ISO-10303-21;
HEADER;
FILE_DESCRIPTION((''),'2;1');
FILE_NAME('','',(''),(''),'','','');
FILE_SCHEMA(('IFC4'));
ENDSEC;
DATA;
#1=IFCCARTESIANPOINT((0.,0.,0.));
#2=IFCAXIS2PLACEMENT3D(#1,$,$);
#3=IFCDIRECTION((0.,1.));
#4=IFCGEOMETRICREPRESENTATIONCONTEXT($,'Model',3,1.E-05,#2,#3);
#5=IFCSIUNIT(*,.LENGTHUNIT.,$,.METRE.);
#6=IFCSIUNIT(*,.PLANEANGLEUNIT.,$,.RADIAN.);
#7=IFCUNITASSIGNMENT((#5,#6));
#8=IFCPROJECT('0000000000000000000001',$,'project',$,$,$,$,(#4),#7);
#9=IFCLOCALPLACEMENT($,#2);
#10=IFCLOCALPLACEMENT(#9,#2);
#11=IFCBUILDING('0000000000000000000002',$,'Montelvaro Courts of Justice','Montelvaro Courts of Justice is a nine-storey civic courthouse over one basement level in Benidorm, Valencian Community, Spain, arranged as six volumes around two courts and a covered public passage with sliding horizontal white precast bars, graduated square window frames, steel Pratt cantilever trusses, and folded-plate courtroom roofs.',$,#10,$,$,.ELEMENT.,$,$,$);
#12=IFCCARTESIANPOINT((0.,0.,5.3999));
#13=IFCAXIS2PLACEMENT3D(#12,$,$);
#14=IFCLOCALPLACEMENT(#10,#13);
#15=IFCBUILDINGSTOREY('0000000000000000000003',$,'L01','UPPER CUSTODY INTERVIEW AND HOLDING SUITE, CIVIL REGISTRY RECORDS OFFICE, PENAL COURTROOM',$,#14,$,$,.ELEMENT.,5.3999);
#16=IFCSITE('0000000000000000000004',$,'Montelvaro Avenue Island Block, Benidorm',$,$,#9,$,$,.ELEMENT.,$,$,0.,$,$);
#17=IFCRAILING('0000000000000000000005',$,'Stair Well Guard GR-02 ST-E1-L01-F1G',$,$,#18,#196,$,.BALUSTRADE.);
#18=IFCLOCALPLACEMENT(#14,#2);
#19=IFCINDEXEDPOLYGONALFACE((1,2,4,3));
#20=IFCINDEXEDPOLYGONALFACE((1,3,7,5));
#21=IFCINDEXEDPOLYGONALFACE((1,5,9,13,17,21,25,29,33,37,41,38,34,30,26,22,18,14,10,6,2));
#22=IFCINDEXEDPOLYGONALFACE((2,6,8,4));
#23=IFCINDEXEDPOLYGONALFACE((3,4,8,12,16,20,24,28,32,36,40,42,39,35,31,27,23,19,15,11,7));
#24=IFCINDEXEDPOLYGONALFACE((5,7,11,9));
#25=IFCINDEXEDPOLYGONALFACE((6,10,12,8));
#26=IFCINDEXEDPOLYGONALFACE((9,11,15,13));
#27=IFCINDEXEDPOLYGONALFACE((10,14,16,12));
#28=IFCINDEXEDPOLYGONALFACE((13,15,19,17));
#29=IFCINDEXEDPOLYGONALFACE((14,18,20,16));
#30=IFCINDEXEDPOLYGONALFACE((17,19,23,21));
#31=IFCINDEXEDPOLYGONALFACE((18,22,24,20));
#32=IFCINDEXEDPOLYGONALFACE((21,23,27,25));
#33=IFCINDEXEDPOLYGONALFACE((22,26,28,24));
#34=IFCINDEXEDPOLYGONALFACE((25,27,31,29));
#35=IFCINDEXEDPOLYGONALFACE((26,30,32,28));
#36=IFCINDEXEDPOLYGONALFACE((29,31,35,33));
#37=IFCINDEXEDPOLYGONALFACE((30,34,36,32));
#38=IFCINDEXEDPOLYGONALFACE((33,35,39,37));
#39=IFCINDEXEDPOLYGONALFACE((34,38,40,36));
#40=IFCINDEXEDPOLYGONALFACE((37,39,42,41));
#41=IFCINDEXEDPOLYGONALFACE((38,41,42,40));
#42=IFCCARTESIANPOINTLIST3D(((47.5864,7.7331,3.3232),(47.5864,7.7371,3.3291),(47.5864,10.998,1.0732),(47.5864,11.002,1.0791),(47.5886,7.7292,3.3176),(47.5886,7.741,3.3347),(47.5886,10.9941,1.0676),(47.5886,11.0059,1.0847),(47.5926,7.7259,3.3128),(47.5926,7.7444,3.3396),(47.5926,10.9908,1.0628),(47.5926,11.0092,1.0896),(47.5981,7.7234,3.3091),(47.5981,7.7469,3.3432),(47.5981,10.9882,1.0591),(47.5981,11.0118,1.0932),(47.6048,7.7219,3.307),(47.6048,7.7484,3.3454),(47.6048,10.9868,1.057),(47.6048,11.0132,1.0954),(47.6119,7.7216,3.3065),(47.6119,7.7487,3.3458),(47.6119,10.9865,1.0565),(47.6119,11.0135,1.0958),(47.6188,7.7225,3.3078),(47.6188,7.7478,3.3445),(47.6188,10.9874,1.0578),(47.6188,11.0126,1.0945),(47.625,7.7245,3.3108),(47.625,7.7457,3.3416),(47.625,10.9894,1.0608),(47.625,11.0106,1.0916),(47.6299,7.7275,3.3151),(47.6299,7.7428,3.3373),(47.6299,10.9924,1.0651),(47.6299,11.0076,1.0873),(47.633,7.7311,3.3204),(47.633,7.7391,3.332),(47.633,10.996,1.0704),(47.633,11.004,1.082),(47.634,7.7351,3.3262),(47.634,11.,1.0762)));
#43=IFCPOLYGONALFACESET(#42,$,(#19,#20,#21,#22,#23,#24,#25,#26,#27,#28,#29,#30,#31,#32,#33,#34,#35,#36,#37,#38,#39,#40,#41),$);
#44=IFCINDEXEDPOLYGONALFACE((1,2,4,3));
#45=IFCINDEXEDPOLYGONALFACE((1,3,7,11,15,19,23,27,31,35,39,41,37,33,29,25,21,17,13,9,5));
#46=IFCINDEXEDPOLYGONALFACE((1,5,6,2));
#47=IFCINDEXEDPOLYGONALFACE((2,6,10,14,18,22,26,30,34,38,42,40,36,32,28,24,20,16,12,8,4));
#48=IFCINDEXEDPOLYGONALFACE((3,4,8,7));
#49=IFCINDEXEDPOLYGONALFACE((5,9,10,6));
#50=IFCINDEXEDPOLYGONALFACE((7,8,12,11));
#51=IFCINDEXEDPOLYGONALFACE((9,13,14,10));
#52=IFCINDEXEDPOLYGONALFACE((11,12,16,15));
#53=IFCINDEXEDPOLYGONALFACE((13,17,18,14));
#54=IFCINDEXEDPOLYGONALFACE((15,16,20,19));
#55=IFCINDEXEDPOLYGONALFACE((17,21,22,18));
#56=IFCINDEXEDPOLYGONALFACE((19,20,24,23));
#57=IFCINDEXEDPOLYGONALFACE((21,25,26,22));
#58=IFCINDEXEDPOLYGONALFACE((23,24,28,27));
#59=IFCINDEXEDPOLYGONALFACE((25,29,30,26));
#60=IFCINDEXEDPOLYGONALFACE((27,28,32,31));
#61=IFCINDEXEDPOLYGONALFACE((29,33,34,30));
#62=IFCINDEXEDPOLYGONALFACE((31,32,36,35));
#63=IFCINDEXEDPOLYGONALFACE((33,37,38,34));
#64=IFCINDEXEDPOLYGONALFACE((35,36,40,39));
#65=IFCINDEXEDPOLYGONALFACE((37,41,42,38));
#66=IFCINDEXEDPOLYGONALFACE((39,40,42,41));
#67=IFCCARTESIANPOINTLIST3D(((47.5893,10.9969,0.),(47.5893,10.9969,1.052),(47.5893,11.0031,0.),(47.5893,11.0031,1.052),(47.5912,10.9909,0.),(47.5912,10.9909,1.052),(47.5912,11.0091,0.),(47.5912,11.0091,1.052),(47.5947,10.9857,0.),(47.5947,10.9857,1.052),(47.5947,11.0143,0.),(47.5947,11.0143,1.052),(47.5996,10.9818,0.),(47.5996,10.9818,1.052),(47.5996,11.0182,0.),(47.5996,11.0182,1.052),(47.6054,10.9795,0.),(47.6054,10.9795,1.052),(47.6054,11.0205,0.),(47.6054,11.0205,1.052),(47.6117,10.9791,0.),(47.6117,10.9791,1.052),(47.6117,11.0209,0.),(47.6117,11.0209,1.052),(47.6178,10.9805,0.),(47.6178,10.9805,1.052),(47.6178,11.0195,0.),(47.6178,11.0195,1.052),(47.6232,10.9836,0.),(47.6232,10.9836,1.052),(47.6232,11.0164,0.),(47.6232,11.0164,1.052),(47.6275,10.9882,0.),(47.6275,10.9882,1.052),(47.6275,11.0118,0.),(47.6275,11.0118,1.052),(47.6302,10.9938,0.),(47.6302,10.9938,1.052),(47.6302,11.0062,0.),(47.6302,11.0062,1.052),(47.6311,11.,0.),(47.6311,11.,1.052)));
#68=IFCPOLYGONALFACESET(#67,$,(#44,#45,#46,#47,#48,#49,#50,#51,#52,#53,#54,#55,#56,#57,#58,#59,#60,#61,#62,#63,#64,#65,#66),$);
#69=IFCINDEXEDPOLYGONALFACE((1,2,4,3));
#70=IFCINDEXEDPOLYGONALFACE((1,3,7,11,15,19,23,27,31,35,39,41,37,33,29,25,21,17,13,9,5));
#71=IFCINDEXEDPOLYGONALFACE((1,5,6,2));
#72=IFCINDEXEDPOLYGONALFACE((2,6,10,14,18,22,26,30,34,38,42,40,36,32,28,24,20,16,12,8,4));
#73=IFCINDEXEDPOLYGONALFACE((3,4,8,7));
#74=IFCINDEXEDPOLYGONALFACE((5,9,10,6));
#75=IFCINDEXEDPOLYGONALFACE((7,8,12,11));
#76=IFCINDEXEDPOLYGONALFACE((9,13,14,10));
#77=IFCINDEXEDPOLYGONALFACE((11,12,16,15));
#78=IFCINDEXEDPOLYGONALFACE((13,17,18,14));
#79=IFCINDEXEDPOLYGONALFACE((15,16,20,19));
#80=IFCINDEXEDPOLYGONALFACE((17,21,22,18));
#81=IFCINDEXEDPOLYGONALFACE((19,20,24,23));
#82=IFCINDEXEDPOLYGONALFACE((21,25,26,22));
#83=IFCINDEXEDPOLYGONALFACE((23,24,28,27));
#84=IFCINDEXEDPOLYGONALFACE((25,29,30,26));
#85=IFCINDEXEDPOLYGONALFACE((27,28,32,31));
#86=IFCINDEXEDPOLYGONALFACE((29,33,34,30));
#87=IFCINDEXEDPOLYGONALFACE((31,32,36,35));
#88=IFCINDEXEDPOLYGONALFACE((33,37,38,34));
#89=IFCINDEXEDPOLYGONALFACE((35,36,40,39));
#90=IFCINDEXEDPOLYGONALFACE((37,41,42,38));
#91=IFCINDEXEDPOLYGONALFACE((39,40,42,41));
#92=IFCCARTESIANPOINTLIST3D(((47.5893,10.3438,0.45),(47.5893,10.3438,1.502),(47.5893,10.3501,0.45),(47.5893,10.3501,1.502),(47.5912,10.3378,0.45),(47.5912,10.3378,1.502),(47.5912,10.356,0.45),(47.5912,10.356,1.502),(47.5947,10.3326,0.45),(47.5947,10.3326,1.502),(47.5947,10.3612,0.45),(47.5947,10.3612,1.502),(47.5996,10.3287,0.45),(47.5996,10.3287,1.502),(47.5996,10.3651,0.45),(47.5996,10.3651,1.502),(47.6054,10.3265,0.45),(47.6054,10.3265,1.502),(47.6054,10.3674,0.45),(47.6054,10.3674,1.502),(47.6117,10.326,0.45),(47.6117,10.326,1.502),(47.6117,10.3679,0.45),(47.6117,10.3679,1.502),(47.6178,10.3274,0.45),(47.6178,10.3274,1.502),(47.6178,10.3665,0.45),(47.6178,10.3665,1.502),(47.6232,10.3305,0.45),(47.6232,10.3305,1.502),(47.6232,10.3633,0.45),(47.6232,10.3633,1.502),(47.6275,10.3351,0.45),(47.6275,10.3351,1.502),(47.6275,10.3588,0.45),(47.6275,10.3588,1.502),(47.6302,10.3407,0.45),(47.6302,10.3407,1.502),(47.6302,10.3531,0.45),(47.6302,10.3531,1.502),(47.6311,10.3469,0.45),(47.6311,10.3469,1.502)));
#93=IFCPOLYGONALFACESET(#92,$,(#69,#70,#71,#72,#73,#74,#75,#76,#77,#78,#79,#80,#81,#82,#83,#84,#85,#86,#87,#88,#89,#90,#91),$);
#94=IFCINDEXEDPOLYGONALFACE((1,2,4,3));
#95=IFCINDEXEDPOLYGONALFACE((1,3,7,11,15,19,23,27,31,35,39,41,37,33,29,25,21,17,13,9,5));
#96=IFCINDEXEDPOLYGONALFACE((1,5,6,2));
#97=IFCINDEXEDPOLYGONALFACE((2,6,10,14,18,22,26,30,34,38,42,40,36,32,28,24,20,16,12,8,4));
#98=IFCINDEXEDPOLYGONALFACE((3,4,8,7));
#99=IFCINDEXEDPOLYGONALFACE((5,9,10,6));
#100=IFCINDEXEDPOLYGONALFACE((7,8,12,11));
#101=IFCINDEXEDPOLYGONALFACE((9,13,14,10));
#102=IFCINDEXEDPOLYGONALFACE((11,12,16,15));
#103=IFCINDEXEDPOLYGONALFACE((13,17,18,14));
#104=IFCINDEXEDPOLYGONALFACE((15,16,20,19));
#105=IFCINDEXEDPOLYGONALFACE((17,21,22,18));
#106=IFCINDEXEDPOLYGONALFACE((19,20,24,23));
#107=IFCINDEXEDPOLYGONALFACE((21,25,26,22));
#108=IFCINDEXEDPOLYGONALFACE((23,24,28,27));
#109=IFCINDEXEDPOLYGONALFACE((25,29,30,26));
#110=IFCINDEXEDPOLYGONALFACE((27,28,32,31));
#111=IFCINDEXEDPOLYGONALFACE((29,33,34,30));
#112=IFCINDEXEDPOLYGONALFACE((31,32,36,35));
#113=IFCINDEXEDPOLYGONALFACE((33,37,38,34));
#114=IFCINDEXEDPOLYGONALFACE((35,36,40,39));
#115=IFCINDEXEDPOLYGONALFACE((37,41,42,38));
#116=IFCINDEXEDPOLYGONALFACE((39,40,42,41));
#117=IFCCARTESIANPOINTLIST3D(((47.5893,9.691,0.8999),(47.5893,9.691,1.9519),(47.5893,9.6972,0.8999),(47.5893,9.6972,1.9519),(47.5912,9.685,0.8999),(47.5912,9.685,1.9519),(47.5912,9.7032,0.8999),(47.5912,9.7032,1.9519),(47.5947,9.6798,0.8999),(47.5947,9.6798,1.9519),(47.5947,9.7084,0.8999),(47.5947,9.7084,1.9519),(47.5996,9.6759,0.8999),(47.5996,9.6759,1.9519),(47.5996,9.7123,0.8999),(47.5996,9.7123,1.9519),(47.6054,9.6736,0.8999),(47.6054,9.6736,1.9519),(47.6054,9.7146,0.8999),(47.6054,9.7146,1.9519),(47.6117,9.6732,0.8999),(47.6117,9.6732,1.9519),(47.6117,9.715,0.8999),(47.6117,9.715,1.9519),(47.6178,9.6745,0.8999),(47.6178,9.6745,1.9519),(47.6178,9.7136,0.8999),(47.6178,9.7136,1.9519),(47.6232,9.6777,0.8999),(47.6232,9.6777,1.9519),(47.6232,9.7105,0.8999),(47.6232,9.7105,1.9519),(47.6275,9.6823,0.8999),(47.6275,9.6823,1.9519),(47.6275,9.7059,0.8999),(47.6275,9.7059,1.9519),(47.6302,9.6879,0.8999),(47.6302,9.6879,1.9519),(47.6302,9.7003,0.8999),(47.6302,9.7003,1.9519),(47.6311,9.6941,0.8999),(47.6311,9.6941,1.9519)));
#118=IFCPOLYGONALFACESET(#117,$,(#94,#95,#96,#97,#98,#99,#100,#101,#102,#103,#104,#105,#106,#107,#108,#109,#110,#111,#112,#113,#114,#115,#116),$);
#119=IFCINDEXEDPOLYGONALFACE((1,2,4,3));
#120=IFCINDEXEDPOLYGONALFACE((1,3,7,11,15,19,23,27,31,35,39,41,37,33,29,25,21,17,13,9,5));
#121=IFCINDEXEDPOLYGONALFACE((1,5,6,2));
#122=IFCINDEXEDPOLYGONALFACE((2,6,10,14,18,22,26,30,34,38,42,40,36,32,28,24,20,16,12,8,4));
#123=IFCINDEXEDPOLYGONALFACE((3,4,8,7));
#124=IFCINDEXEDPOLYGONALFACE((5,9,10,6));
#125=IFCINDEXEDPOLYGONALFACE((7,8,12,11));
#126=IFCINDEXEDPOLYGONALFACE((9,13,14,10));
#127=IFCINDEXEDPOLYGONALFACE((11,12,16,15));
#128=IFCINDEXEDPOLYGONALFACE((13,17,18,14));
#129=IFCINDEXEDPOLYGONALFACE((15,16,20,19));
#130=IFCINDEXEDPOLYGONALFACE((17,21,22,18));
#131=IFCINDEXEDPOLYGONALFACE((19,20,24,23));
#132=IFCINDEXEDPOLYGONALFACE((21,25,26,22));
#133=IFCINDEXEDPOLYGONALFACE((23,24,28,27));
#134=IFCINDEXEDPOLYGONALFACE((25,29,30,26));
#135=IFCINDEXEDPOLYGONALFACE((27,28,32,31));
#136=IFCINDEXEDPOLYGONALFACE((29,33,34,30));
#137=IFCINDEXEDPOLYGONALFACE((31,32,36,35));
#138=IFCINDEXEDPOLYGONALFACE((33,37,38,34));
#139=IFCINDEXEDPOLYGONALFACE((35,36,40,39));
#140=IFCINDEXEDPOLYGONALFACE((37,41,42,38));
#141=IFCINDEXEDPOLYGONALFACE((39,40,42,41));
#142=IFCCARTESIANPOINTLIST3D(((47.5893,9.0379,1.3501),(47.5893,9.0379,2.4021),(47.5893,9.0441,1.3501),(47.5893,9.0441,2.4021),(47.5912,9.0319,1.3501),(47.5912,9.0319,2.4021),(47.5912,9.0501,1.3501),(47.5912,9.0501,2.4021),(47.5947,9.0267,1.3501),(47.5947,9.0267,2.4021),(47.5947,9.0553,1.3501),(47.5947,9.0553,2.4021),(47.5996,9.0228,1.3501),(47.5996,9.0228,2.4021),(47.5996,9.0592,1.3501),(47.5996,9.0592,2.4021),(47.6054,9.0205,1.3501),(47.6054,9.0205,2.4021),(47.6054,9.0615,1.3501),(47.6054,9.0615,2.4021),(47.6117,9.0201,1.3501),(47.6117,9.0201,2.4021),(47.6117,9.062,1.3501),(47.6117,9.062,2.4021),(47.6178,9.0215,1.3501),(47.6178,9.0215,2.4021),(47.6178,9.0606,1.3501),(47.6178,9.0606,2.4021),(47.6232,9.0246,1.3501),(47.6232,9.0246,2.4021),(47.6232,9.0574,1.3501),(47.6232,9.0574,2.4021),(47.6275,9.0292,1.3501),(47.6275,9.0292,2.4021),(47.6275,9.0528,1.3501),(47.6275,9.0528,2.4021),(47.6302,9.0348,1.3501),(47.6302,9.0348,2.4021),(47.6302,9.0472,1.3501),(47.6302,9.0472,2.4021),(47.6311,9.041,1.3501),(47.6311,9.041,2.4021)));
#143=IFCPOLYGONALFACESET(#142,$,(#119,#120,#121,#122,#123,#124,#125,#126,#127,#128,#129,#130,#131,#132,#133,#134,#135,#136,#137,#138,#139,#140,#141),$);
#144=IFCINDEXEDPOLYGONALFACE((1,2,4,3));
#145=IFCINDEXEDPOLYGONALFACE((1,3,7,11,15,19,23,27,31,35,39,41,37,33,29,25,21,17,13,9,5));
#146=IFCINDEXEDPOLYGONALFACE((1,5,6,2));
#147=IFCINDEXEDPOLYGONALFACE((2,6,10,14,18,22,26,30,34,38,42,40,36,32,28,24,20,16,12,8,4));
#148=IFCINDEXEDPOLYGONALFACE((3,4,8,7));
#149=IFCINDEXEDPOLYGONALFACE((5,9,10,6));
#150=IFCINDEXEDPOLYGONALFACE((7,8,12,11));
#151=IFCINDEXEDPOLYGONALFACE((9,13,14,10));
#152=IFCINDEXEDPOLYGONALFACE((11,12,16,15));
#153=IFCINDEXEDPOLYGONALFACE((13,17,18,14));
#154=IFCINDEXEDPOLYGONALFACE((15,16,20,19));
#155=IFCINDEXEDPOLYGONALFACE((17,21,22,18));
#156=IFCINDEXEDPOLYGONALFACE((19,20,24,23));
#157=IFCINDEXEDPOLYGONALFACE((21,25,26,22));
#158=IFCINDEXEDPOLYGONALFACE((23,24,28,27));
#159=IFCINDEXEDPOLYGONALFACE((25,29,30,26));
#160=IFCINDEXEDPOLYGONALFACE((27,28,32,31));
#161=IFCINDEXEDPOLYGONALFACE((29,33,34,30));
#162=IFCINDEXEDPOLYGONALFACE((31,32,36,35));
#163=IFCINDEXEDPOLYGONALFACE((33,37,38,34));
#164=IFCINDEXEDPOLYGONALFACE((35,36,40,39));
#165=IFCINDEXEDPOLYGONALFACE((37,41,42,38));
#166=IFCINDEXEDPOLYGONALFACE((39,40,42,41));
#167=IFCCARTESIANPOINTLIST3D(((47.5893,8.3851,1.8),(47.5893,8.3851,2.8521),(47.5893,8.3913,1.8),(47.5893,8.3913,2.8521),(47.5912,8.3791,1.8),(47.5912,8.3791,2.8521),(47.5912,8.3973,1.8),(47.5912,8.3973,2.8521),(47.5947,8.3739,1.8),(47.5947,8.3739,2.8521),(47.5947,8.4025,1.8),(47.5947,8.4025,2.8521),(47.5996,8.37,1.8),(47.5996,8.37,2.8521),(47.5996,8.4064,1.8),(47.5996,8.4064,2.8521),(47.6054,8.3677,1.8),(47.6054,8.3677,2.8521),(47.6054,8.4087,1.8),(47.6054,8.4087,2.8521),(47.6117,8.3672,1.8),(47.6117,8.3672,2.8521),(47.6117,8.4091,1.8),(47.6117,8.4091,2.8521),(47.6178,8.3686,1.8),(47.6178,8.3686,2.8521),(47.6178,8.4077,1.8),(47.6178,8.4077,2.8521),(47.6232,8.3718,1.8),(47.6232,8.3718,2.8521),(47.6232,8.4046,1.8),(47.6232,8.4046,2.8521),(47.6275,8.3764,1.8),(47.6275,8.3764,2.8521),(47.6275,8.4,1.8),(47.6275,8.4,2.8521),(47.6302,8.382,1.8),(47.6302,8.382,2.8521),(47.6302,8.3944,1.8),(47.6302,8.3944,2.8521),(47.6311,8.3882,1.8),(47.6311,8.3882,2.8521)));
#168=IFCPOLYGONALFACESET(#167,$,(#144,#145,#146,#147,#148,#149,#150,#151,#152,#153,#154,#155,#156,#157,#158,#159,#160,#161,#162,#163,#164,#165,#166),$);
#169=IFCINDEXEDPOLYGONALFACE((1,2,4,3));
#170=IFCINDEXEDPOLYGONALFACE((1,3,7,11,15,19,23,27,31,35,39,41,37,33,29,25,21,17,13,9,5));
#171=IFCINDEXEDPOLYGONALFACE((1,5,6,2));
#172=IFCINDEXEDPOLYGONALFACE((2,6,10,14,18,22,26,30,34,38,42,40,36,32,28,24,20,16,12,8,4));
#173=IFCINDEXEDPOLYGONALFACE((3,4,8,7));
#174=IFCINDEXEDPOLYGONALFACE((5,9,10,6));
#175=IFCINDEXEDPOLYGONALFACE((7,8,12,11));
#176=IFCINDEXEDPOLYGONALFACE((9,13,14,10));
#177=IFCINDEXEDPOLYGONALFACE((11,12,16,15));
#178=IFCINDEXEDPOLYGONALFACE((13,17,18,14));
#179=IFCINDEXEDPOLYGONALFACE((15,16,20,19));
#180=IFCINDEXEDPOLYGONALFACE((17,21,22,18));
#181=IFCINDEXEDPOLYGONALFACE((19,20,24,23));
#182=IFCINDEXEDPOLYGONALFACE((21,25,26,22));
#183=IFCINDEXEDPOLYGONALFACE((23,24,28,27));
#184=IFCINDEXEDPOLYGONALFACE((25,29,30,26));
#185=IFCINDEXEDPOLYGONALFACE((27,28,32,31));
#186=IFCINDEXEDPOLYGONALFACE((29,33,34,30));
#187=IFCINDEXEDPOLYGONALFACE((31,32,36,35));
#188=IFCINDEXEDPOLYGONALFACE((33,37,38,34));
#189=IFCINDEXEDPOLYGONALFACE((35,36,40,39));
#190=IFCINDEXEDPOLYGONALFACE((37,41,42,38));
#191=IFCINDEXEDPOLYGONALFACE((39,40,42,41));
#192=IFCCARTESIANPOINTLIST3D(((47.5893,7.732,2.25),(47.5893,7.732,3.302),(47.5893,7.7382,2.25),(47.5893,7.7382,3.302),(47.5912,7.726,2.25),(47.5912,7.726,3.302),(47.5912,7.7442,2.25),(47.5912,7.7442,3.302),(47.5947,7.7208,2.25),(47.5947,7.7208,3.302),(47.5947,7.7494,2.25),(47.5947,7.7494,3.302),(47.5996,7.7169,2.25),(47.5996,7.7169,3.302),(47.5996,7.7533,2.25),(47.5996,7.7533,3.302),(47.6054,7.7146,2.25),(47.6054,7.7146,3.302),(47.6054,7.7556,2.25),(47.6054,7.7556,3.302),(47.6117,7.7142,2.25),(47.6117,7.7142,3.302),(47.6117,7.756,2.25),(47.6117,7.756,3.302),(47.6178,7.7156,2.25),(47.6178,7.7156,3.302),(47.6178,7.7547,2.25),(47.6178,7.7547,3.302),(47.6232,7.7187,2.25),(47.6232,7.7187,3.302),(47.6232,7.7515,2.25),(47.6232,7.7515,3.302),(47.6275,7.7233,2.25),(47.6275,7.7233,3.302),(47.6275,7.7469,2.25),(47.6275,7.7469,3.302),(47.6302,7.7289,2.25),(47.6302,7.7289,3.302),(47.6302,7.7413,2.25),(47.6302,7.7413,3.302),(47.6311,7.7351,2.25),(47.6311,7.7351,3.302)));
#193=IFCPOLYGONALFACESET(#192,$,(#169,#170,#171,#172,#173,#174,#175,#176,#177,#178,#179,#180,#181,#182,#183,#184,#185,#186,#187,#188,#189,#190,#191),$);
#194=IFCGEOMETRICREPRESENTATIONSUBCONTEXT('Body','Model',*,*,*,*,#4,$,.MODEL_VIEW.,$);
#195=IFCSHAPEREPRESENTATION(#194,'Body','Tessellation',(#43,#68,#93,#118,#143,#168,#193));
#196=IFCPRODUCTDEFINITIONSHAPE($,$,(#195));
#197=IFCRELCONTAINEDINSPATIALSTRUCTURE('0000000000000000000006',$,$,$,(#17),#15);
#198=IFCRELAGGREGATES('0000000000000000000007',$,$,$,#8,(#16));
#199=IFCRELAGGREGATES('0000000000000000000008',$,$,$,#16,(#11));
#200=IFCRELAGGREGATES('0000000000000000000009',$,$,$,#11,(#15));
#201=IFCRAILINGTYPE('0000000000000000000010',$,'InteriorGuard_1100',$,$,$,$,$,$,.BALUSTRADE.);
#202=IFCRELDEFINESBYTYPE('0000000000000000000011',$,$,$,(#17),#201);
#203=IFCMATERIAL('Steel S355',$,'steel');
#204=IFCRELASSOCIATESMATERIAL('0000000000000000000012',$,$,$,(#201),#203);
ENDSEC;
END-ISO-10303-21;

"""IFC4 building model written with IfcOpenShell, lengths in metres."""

from ifc_helpers import new_model, si_unit, direction, frame, origin, origin_2d, place, context, subcontext, project, spatial, circle, extrude, material, type_object, element, save


model = new_model("IFC4")

# Units and contexts
model_context = context("Model", 3, precision=1e-05, world=origin(), true_north=direction((0.0, 1.0)))
body_context = subcontext(model_context, "Body", "Model", "MODEL_VIEW")
ifc_project = project(units=[si_unit("LENGTHUNIT", "METRE"), si_unit("PLANEANGLEUNIT", "RADIAN")], contexts=[model_context])

# Site, building, storey
site_placement = place(None, origin())
site = spatial("IfcSite", under=ifc_project, at=site_placement, Name="Montelvaro Avenue Island Block, Benidorm", CompositionType="ELEMENT", RefElevation=0.0)
building_placement = place(site_placement, origin())
building = spatial("IfcBuilding", under=site, at=building_placement, Name="Montelvaro Courts of Justice", Description="Montelvaro Courts of Justice is a nine-storey civic courthouse over one basement level in Benidorm, Valencian Community, Spain, arranged as six volumes around two courts and a covered public passage with sliding horizontal white precast bars, graduated square window frames, steel Pratt cantilever trusses, and folded-plate courtroom roofs.", CompositionType="ELEMENT")
storey_placement = place(building_placement, frame((0.0, 0.0, 5.3999)))
storey = spatial("IfcBuildingStorey", under=building, at=storey_placement, Name="L01", Description="UPPER CUSTODY INTERVIEW AND HOLDING SUITE, CIVIL REGISTRY RECORDS OFFICE, PENAL COURTROOM", CompositionType="ELEMENT", Elevation=5.3999)

# Shared definitions
ifc_material_1 = material(Name="Steel S355", Category="steel")

# Railing
railing_type_1 = type_object("IfcRailingType", Name="InteriorGuard_1100", PredefinedType="BALUSTRADE", material=ifc_material_1)
railing_1_placement = place(storey_placement, frame((47.6101, 11.0, 0.0)))
element("IfcRailing", 1, at=railing_1_placement, inside=storey, type_object=railing_type_1, Name="Stair Well Guard GR-02 ST-E1-L01-F1G", PredefinedType="BALUSTRADE", context=body_context, shape_type="SweptSolid", body=[
    extrude(circle(Radius=0.0239, at=origin_2d()), frame((0.0, 0.0, 1.0762), z_axis=(0.0, -0.823407, 0.567451), x_axis=(1.0, 0.0, 0.0)), (0.0, 0.0, 1.0), 3.9651),
    extrude(circle(Radius=0.021, at=origin_2d()), origin(), (0.0, 0.0, 1.0), 1.052),
    extrude(circle(Radius=0.021, at=origin_2d()), frame((0.0, -0.6531, 0.45)), (0.0, 0.0, 1.0), 1.052),
    extrude(circle(Radius=0.021, at=origin_2d()), frame((0.0, -1.3059, 0.8999)), (0.0, 0.0, 1.0), 1.052),
    extrude(circle(Radius=0.021, at=origin_2d()), frame((0.0, -1.959, 1.3501)), (0.0, 0.0, 1.0), 1.052),
    extrude(circle(Radius=0.021, at=origin_2d()), frame((0.0, -2.6118, 1.8)), (0.0, 0.0, 1.0), 1.052),
    extrude(circle(Radius=0.021, at=origin_2d()), frame((0.0, -3.2649, 2.25)), (0.0, 0.0, 1.0), 1.052),
])

save(model, "model.ifc")
